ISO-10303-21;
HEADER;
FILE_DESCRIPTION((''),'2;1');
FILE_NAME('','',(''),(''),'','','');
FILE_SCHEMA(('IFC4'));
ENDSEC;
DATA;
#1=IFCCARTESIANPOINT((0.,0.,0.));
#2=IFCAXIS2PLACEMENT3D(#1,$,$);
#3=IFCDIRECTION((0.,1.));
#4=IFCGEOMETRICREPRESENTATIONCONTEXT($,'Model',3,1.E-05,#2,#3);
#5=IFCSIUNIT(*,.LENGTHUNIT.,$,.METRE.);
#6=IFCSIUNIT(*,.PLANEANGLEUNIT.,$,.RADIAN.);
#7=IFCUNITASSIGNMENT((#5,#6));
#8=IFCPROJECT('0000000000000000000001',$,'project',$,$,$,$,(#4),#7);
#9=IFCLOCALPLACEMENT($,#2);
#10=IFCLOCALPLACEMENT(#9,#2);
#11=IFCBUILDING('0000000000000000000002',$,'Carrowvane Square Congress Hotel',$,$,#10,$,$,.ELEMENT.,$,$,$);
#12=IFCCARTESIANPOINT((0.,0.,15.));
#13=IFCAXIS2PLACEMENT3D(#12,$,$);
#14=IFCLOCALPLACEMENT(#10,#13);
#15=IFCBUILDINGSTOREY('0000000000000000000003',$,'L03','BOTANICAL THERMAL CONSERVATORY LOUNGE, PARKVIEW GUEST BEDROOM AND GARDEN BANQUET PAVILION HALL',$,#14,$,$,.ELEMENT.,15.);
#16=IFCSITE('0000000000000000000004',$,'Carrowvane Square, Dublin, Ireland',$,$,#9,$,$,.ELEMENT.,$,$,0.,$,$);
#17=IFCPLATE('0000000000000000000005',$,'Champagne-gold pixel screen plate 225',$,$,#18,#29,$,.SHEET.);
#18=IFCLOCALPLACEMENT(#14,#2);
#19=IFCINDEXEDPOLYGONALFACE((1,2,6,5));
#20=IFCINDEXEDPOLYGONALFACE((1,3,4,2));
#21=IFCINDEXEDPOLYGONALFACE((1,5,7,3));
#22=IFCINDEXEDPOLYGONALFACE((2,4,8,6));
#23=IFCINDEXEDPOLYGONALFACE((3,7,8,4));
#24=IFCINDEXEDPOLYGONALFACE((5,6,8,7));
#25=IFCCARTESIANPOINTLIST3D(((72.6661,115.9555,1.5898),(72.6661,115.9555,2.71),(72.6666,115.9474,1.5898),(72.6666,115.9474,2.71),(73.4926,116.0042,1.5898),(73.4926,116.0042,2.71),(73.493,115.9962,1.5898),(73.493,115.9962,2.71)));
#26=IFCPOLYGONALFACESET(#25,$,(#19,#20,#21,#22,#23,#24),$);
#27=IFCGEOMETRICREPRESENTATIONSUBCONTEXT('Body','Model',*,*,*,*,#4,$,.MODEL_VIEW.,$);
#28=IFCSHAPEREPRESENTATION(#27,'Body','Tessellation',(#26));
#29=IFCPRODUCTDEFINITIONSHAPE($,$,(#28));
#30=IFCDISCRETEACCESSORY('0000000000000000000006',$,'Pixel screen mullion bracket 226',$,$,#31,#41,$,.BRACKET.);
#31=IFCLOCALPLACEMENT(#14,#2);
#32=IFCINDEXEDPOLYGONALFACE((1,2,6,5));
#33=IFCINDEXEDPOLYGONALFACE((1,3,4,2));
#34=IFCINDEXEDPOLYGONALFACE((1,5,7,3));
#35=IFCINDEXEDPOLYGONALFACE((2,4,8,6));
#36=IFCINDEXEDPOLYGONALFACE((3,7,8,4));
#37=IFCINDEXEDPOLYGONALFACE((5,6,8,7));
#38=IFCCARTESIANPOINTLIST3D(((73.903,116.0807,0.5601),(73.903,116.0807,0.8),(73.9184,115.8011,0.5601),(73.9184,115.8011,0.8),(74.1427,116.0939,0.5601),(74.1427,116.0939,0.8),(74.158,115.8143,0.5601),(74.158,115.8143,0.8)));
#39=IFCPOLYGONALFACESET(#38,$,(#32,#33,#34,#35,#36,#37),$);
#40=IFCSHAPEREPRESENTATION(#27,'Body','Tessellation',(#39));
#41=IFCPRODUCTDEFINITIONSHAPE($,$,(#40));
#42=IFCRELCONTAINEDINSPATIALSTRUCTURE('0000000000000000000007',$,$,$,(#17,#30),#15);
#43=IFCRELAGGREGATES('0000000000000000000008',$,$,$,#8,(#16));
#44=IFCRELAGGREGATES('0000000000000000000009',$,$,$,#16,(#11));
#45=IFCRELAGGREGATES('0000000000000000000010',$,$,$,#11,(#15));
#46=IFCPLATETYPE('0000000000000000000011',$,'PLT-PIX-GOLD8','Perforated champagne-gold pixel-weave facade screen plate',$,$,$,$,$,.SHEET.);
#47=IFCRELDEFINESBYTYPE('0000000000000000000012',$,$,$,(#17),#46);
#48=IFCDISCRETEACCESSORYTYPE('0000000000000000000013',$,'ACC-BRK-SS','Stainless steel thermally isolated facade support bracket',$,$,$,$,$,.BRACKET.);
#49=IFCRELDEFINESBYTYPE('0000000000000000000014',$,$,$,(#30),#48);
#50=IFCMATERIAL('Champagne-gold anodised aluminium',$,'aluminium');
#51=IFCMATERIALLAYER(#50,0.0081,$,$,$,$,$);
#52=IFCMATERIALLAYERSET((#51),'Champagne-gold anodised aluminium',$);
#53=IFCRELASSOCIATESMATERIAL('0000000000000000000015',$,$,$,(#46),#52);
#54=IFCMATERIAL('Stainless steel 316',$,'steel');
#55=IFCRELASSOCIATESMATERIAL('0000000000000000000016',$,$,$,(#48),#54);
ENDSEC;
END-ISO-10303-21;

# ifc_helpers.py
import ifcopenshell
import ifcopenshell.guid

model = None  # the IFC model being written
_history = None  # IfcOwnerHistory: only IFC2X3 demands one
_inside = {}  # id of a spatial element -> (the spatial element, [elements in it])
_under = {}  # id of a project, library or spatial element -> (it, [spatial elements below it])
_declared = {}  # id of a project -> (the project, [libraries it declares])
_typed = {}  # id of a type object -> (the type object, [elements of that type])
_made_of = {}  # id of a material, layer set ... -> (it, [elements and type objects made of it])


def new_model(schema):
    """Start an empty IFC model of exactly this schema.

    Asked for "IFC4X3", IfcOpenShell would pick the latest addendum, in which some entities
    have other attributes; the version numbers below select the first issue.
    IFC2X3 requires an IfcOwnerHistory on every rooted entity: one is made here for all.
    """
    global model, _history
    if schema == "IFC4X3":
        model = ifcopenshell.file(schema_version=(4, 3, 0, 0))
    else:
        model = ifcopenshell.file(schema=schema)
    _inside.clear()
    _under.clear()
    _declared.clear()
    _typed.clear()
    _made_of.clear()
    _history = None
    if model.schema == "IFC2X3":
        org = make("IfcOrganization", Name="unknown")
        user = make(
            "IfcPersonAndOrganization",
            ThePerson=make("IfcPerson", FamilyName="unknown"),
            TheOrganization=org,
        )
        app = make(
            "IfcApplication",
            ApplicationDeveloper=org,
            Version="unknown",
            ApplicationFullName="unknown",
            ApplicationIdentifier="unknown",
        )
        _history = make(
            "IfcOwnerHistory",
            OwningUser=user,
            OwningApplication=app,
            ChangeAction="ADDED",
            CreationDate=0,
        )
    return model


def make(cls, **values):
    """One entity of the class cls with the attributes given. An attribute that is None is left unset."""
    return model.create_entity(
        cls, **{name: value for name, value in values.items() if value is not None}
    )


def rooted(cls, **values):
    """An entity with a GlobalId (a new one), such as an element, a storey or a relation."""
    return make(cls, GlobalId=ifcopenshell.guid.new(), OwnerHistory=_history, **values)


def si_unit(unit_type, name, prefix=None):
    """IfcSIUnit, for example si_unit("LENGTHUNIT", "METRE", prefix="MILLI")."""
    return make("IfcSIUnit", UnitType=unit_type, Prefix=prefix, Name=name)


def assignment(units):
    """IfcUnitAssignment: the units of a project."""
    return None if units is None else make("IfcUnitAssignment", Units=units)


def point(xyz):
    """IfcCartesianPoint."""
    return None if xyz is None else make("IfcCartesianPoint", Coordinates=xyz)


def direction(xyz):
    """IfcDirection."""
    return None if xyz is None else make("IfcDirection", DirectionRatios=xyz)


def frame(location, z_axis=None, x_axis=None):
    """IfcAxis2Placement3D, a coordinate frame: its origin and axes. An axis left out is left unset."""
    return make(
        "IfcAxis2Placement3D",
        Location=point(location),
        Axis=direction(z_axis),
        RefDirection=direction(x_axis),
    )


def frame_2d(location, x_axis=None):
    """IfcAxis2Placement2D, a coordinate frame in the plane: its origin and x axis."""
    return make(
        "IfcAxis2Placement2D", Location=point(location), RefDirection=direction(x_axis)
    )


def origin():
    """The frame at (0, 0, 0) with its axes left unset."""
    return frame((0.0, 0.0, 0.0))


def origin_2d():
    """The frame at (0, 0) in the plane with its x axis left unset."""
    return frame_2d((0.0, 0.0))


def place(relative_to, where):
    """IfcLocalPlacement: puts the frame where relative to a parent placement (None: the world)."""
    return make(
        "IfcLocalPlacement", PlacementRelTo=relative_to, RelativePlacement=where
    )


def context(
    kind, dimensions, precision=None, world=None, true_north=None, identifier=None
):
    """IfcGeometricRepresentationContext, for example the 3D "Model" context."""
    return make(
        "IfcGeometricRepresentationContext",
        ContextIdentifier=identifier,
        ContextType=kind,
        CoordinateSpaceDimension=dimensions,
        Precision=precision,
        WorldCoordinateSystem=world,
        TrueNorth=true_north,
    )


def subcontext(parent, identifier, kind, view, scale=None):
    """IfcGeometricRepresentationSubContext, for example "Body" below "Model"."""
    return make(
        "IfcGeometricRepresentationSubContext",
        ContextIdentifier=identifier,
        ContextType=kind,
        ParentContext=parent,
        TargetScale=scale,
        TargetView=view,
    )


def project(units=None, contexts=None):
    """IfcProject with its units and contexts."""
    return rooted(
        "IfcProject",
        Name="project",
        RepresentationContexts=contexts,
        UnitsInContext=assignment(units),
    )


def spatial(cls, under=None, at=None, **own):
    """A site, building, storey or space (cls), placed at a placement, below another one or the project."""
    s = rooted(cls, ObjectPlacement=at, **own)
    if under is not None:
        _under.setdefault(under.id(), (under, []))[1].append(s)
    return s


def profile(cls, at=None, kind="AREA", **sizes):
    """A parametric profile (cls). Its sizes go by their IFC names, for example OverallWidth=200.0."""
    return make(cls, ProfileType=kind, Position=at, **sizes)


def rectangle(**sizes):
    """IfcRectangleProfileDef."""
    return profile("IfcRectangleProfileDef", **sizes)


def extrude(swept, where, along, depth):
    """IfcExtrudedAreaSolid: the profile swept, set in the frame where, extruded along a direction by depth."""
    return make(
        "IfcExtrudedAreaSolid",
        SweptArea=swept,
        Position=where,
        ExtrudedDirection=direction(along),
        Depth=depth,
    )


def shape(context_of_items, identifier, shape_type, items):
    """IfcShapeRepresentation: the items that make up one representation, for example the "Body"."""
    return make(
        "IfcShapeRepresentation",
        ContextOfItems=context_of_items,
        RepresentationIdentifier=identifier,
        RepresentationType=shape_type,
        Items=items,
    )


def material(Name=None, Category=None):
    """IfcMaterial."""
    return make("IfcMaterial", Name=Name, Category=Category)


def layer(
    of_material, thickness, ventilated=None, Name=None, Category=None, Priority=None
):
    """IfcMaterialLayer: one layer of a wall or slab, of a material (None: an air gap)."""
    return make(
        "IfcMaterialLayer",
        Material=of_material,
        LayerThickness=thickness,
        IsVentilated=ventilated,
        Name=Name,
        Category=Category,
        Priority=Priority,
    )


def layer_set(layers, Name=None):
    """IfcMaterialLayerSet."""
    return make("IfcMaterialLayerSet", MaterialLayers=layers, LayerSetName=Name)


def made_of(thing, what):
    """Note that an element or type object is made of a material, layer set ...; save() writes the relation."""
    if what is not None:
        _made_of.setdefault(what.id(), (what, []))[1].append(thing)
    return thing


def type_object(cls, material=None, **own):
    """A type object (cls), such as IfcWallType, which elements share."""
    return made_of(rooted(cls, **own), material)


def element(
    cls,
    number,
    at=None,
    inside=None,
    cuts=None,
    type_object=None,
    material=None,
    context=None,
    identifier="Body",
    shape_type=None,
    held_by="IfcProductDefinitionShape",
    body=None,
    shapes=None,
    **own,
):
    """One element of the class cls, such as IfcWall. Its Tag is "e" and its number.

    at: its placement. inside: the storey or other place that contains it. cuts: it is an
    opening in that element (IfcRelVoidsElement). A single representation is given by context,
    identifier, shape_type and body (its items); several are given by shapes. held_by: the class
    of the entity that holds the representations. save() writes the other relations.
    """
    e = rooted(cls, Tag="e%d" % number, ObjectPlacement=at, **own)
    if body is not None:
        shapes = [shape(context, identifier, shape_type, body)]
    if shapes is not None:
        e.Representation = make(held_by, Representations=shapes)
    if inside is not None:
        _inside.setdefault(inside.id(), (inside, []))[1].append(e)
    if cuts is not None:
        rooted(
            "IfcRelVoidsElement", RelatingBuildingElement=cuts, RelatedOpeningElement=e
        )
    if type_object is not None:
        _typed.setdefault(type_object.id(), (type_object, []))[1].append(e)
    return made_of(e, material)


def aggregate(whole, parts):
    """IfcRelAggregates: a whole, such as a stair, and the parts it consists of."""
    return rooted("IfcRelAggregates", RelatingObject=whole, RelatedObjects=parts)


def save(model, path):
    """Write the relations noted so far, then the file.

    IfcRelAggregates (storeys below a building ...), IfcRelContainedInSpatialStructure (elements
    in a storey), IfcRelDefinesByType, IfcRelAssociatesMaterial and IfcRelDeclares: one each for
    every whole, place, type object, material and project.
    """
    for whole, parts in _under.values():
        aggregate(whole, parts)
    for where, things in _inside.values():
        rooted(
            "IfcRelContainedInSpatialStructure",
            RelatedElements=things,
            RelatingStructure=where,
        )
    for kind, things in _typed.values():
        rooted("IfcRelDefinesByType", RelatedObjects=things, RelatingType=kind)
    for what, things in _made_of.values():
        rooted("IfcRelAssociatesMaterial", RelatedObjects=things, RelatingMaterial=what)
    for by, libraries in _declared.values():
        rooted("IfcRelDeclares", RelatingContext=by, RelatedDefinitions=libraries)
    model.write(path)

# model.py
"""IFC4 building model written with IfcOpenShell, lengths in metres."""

from ifc_helpers import new_model, si_unit, direction, frame, origin, origin_2d, place, context, subcontext, project, spatial, rectangle, extrude, material, layer, layer_set, type_object, element, save


model = new_model("IFC4")

# Units and contexts
model_context = context("Model", 3, precision=1e-05, world=origin(), true_north=direction((0.0, 1.0)))
body_context = subcontext(model_context, "Body", "Model", "MODEL_VIEW")
ifc_project = project(units=[si_unit("LENGTHUNIT", "METRE"), si_unit("PLANEANGLEUNIT", "RADIAN")], contexts=[model_context])

# Site, building, storey
site_placement = place(None, origin())
site = spatial("IfcSite", under=ifc_project, at=site_placement, Name="Carrowvane Square, Dublin, Ireland", CompositionType="ELEMENT", RefElevation=0.0)
building_placement = place(site_placement, origin())
building = spatial("IfcBuilding", under=site, at=building_placement, Name="Carrowvane Square Congress Hotel", CompositionType="ELEMENT")
storey_placement = place(building_placement, frame((0.0, 0.0, 15.0)))
storey = spatial("IfcBuildingStorey", under=building, at=storey_placement, Name="L03", Description="BOTANICAL THERMAL CONSERVATORY LOUNGE, PARKVIEW GUEST BEDROOM AND GARDEN BANQUET PAVILION HALL", CompositionType="ELEMENT", Elevation=15.0)

# Plate
ifc_material_1 = material(Name="Champagne-gold anodised aluminium", Category="aluminium")
ifc_layer_1 = layer(ifc_material_1, 0.0081)
ifc_layer_set_1 = layer_set([ifc_layer_1], Name="Champagne-gold anodised aluminium")
plate_type_1 = type_object("IfcPlateType", Name="PLT-PIX-GOLD8", Description="Perforated champagne-gold pixel-weave facade screen plate", PredefinedType="SHEET", material=ifc_layer_set_1)
plate_1_placement = place(storey_placement, frame((73.0796, 115.9758, 1.5898), z_axis=(0.0, 0.0, 1.0), x_axis=(0.998267, 0.058852, 0.0)))
element("IfcPlate", 1, at=plate_1_placement, inside=storey, type_object=plate_type_1, Name="Champagne-gold pixel screen plate 225", PredefinedType="SHEET", context=body_context, shape_type="SweptSolid", body=[
    extrude(rectangle(XDim=0.8279, YDim=0.0081, at=origin_2d()), origin(), (0.0, 0.0, 1.0), 1.1201),
])

# Discrete accessory
ifc_material_2 = material(Name="Stainless steel 316", Category="steel")
discrete_accessory_type = type_object("IfcDiscreteAccessoryType", Name="ACC-BRK-SS", Description="Stainless steel thermally isolated facade support bracket", PredefinedType="BRACKET", material=ifc_material_2)
discrete_accessory_placement = place(storey_placement, frame((74.0305, 115.9475, 0.5601), z_axis=(0.0, 0.0, 1.0), x_axis=(0.998497, 0.054815, 0.0)))
element("IfcDiscreteAccessory", 2, at=discrete_accessory_placement, inside=storey, type_object=discrete_accessory_type, Name="Pixel screen mullion bracket 226", PredefinedType="BRACKET", context=body_context, shape_type="SweptSolid", body=[
    extrude(rectangle(XDim=0.24, YDim=0.28, at=origin_2d()), origin(), (0.0, 0.0, 1.0), 0.24),
])

save(model, "model.ifc")
